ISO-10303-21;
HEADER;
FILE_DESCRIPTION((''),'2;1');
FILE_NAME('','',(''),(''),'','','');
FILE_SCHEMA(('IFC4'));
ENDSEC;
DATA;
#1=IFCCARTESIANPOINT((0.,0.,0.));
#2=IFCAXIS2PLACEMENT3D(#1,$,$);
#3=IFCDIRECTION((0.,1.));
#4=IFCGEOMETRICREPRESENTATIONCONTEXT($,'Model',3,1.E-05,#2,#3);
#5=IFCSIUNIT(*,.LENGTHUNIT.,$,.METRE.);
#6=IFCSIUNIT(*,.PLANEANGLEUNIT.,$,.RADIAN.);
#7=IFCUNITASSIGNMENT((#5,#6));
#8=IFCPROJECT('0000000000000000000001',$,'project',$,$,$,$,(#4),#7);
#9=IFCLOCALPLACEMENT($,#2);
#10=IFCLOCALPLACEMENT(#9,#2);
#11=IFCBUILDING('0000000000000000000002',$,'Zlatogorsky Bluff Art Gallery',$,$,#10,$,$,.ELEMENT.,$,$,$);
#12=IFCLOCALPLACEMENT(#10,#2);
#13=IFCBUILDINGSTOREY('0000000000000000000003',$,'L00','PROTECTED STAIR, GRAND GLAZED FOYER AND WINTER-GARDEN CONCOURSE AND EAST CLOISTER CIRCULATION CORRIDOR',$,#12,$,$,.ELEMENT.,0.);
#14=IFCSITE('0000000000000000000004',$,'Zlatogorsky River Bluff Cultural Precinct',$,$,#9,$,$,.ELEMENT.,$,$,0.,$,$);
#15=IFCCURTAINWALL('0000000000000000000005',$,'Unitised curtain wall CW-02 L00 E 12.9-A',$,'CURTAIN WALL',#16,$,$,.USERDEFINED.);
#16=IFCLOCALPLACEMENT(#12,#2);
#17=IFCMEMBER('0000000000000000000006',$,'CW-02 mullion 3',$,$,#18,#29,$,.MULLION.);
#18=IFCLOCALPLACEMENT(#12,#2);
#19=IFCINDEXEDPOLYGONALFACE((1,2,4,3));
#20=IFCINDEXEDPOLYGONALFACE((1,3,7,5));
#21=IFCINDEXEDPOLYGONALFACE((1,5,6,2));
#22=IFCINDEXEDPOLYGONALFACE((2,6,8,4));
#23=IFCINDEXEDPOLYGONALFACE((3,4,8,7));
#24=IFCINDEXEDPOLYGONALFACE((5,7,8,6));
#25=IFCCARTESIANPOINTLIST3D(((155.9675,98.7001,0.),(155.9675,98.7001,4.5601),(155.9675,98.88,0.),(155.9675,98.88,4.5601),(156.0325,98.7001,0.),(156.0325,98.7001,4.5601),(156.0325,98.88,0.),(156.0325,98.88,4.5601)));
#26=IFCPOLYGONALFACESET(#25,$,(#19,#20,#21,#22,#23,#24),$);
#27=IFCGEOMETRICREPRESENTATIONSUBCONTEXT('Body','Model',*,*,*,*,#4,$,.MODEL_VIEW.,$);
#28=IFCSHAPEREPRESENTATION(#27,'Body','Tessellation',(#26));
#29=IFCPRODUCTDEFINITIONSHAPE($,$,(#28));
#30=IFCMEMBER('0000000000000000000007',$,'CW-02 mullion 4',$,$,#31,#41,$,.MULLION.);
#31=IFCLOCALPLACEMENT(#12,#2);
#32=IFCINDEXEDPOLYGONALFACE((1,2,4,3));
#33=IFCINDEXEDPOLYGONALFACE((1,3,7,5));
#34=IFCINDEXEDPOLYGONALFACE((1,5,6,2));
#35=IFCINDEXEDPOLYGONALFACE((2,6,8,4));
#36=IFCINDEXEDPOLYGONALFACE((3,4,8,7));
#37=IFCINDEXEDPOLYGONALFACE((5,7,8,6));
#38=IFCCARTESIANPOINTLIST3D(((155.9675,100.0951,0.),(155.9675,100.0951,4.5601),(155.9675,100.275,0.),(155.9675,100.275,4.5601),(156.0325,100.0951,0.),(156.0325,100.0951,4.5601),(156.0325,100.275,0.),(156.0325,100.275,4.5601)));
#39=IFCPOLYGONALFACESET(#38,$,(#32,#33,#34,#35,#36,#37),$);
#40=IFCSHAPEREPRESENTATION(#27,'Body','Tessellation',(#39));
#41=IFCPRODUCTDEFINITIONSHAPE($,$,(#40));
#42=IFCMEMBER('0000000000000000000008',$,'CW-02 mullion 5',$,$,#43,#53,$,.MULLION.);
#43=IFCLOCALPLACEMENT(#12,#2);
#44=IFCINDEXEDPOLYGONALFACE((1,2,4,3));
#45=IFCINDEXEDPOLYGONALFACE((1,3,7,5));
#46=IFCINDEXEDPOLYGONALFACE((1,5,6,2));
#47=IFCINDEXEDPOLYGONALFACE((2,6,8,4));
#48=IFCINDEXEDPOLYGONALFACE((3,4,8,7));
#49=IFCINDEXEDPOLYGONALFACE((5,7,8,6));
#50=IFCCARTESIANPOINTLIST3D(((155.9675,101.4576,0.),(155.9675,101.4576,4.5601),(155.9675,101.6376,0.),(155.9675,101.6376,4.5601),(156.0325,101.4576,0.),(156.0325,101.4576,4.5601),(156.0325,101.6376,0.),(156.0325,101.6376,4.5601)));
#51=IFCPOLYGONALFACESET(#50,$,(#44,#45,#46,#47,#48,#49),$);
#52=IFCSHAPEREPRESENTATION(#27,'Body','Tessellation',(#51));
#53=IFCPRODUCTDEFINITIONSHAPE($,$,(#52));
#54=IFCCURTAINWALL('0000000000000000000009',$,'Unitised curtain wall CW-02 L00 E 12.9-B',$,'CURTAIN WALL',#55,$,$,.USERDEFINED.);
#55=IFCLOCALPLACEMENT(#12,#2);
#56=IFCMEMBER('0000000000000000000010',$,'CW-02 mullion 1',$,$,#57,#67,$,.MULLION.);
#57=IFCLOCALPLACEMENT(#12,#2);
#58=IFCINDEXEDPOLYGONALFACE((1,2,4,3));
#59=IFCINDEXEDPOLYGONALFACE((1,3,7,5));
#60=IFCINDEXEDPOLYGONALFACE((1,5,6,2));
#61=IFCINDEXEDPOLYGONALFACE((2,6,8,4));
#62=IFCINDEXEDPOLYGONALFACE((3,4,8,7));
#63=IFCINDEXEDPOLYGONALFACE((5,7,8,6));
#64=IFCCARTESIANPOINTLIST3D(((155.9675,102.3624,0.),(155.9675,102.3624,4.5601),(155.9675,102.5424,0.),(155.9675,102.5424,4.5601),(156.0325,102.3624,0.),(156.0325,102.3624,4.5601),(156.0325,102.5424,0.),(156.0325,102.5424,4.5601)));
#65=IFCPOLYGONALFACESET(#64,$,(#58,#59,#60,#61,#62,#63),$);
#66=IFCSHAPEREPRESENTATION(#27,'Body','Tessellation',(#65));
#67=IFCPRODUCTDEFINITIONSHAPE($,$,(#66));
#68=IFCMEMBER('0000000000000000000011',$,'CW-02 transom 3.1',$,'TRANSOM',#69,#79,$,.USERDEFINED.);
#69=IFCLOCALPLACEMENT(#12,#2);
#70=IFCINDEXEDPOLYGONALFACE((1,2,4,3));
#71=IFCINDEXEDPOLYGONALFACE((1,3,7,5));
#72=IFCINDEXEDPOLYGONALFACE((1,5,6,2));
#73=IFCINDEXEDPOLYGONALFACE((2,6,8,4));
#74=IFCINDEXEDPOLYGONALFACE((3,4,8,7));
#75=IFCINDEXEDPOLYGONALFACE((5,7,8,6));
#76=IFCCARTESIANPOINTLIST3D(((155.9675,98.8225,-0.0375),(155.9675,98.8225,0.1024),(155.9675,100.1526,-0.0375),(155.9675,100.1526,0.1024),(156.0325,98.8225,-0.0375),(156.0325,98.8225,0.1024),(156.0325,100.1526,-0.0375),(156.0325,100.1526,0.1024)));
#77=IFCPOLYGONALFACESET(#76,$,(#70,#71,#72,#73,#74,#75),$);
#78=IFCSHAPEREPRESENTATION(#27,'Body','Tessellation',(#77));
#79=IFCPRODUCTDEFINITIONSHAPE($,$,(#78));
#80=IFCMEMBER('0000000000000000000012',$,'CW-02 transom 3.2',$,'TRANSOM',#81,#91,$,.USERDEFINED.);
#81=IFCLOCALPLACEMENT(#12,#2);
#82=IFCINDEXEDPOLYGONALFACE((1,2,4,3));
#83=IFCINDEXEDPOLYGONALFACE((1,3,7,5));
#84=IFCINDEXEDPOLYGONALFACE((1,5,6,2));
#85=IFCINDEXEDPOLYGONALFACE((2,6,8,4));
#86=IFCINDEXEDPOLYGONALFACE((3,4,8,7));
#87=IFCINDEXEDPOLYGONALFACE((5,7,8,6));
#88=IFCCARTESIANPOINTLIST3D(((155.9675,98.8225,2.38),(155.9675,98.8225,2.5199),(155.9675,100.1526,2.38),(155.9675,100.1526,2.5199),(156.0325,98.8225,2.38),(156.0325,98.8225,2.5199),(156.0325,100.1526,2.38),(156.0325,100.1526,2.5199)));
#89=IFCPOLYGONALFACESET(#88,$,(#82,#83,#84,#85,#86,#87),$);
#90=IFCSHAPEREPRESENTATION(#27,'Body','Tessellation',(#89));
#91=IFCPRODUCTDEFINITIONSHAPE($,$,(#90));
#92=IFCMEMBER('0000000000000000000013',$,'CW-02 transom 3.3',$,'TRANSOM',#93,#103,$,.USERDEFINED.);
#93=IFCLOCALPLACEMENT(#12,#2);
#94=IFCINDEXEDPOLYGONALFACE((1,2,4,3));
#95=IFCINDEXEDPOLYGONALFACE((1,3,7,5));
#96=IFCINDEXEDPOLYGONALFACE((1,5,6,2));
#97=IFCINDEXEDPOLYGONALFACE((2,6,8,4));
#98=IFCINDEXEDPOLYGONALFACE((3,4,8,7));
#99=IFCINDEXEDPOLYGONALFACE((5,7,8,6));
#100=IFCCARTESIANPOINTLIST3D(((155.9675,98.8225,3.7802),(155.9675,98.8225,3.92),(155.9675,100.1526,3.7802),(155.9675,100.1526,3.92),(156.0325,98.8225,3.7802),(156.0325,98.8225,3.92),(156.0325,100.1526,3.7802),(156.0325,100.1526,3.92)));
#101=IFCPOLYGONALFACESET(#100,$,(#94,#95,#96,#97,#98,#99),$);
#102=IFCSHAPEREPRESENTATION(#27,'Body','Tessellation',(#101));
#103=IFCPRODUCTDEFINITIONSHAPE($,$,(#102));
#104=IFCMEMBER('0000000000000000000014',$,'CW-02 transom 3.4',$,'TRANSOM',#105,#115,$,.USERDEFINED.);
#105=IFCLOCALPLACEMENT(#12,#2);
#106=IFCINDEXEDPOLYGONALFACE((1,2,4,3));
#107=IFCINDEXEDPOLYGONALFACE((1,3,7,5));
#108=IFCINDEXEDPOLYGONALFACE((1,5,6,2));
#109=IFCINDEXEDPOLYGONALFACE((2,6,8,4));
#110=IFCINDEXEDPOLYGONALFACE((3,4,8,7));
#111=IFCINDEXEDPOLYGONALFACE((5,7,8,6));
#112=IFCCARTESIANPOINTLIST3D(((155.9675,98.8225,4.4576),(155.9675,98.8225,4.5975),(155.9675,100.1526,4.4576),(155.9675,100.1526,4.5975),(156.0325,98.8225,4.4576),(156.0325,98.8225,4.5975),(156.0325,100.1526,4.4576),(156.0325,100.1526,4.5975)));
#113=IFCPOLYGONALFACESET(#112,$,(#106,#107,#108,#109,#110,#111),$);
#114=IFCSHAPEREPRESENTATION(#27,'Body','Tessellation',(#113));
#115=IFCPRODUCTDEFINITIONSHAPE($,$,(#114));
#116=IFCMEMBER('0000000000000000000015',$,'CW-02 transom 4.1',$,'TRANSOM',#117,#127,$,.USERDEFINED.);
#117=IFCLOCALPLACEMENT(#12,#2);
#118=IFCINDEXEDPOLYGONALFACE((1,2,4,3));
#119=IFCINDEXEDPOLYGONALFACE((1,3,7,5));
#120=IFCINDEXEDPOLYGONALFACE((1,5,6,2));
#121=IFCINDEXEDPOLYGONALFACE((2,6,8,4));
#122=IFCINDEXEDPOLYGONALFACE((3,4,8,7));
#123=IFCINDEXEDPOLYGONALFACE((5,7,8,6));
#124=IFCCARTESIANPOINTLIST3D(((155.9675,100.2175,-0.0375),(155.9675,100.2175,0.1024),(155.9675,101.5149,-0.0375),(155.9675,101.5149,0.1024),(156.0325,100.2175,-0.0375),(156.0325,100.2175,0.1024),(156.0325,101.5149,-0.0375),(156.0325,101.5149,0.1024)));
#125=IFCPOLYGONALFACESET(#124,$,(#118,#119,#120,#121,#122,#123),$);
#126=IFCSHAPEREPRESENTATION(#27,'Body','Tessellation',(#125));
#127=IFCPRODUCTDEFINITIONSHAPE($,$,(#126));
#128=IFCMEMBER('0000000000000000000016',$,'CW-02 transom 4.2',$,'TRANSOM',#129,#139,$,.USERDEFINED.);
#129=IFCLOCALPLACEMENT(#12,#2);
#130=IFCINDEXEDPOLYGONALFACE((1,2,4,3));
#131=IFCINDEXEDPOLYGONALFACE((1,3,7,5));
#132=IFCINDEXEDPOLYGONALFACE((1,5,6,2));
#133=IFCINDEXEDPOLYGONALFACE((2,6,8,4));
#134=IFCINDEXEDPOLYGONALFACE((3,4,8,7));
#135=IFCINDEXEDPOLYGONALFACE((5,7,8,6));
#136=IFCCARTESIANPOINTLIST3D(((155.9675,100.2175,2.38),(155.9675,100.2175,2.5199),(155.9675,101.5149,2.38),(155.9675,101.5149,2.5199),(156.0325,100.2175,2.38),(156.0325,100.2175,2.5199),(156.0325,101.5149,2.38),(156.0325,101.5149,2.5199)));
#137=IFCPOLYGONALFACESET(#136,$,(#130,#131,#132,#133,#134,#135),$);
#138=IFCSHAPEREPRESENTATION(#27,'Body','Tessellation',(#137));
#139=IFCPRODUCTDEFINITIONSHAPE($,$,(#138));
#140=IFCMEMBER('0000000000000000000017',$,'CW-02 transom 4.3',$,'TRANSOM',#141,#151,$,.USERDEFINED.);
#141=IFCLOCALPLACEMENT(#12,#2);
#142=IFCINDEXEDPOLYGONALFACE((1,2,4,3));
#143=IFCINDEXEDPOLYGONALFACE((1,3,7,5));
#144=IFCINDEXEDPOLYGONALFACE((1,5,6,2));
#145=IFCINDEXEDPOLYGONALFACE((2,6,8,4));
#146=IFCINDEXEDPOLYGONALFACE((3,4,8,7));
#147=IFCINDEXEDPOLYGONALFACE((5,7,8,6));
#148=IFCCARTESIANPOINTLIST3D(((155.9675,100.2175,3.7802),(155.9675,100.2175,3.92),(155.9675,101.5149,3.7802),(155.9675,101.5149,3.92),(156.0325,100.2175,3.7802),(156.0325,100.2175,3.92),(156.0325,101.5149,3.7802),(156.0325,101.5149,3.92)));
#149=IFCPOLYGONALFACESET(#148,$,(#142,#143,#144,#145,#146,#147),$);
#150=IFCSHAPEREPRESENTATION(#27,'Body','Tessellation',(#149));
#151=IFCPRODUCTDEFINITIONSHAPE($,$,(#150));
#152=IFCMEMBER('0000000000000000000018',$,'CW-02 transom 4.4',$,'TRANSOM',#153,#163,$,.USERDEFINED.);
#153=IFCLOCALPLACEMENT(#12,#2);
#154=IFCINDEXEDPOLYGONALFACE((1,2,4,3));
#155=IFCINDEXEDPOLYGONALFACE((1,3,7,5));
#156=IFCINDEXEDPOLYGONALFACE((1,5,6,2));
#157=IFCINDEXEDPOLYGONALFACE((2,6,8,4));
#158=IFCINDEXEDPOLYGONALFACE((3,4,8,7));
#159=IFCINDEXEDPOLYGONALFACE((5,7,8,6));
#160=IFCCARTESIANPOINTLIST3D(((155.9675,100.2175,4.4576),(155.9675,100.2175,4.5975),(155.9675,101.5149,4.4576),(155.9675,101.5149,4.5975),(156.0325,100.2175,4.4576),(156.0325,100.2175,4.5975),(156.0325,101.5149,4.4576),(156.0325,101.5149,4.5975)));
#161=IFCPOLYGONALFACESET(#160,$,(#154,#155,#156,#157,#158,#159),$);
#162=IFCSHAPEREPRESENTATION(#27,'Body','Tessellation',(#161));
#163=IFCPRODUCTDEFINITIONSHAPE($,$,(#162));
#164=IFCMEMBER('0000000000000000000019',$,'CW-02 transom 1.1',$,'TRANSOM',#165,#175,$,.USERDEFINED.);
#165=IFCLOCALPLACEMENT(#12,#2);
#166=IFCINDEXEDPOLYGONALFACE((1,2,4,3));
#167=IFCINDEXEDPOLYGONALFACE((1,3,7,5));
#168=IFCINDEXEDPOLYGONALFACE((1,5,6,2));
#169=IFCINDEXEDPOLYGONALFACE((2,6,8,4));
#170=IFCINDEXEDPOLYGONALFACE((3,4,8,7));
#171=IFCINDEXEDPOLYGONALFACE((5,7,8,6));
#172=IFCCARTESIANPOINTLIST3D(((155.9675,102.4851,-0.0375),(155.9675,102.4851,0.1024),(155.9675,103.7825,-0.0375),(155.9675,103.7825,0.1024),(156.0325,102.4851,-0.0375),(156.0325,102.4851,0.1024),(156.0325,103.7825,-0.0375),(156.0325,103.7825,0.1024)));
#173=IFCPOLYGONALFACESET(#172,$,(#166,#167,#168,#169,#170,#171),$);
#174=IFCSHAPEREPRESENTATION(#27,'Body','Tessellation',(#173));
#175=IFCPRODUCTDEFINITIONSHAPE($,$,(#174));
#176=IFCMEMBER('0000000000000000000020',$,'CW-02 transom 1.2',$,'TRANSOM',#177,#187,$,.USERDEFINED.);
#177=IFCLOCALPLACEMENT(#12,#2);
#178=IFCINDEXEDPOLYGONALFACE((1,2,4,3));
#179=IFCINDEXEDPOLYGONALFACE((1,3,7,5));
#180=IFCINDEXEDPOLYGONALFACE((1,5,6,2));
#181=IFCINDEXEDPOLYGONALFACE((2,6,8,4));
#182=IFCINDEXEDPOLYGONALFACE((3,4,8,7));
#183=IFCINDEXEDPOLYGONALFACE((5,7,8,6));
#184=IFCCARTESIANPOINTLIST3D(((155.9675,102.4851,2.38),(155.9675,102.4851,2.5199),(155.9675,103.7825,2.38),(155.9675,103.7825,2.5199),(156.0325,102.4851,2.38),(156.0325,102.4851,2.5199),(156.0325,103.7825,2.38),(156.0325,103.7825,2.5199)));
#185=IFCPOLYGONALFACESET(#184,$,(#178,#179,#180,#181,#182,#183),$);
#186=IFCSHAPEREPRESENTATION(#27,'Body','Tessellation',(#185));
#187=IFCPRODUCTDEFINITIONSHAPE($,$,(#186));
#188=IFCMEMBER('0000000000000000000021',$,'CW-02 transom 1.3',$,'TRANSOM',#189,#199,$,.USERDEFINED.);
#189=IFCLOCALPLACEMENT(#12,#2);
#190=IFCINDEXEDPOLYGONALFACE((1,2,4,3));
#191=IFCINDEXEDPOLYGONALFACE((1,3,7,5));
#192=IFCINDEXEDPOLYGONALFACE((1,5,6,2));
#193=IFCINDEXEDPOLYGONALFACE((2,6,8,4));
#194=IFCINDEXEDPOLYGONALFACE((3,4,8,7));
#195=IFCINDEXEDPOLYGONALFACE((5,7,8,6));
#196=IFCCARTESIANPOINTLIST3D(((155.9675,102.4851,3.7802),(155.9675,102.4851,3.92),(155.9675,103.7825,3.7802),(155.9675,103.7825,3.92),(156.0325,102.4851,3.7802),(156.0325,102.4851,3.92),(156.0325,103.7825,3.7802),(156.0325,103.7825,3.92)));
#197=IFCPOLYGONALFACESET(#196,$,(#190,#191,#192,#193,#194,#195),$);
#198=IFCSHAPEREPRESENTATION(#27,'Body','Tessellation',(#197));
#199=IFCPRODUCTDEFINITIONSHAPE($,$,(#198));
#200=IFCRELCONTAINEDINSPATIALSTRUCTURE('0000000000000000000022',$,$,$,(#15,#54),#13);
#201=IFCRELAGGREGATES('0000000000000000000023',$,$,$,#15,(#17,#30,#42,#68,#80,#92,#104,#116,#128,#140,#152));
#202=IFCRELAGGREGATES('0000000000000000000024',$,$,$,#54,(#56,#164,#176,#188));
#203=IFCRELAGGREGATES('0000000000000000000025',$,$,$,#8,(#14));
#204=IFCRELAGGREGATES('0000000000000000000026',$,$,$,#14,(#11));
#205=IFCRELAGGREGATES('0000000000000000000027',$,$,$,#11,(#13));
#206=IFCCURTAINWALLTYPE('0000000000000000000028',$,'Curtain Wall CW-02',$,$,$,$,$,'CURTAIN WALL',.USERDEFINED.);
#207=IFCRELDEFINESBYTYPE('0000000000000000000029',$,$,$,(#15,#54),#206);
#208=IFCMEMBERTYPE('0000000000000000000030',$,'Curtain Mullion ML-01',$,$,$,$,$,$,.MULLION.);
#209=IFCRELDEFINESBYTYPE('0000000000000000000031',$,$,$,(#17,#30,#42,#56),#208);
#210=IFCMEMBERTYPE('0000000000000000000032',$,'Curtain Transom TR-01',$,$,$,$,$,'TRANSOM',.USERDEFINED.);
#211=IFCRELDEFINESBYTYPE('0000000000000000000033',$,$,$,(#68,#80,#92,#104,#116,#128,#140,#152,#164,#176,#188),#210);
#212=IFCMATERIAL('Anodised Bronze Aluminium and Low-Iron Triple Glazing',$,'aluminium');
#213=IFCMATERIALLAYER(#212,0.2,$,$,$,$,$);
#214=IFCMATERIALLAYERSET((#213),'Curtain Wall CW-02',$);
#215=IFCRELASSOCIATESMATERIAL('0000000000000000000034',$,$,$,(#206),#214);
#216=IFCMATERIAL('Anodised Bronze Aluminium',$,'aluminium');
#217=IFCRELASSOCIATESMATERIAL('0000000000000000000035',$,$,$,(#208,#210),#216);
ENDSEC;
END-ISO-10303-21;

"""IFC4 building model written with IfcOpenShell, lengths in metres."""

from ifc_helpers import new_model, si_unit, direction, frame, origin, origin_2d, place, context, subcontext, project, spatial, rectangle, extrude, material, layer, layer_set, material_profile, profile_set, type_object, element, aggregate, save


model = new_model("IFC4")

# Units and contexts
model_context = context("Model", 3, precision=1e-05, world=origin(), true_north=direction((0.0, 1.0)))
body_context = subcontext(model_context, "Body", "Model", "MODEL_VIEW")
ifc_project = project(units=[si_unit("LENGTHUNIT", "METRE"), si_unit("PLANEANGLEUNIT", "RADIAN")], contexts=[model_context])

# Site, building, storey
site_placement = place(None, origin())
site = spatial("IfcSite", under=ifc_project, at=site_placement, Name="Zlatogorsky River Bluff Cultural Precinct", CompositionType="ELEMENT", RefElevation=0.0)
building_placement = place(site_placement, origin())
building = spatial("IfcBuilding", under=site, at=building_placement, Name="Zlatogorsky Bluff Art Gallery", CompositionType="ELEMENT")
storey_placement = place(building_placement, origin())
storey = spatial("IfcBuildingStorey", under=building, at=storey_placement, Name="L00", Description="PROTECTED STAIR, GRAND GLAZED FOYER AND WINTER-GARDEN CONCOURSE AND EAST CLOISTER CIRCULATION CORRIDOR", CompositionType="ELEMENT", Elevation=0.0)

# Curtain wall, members
ifc_material_1 = material(Name="Anodised Bronze Aluminium and Low-Iron Triple Glazing", Category="aluminium")
ifc_layer_1 = layer(ifc_material_1, 0.2)
ifc_layer_set_1 = layer_set([ifc_layer_1], Name="Curtain Wall CW-02")
curtain_wall_type = type_object("IfcCurtainWallType", Name="Curtain Wall CW-02", ElementType="CURTAIN WALL", PredefinedType="USERDEFINED", material=ifc_layer_set_1)
curtain_wall_1_placement = place(storey_placement, origin())
curtain_wall_1 = element("IfcCurtainWall", 1, at=curtain_wall_1_placement, inside=storey, type_object=curtain_wall_type, Name="Unitised curtain wall CW-02 L00 E 12.9-A", ObjectType="CURTAIN WALL", PredefinedType="USERDEFINED")
ifc_material_2 = material(Name="Anodised Bronze Aluminium", Category="aluminium")
ifc_material_profile_1 = material_profile(ifc_material_2, rectangle(XDim=0.0649, YDim=0.1799, at=origin_2d()), Name="ALU MULLION 65x180")
ifc_profile_set_1 = profile_set([ifc_material_profile_1], Name="Anodised Bronze Aluminium")
member_type_1 = type_object("IfcMemberType", Name="Curtain Mullion ML-01", PredefinedType="MULLION", material=ifc_profile_set_1)
member_1_placement = place(storey_placement, frame((156.0, 98.79, 0.0), z_axis=(0.0, 0.0, 1.0), x_axis=(-1.0, 0.0, 0.0)))
member_1 = element("IfcMember", 2, at=member_1_placement, type_object=member_type_1, Name="CW-02 mullion 3", PredefinedType="MULLION", context=body_context, shape_type="SweptSolid", body=[
    extrude(rectangle(XDim=0.0649, YDim=0.1799, at=origin_2d()), origin(), (0.0, 0.0, 1.0), 4.5601),
])
member_2_placement = place(storey_placement, frame((156.0, 100.1851, 0.0), z_axis=(0.0, 0.0, 1.0), x_axis=(-1.0, 0.0, 0.0)))
member_2 = element("IfcMember", 3, at=member_2_placement, type_object=member_type_1, Name="CW-02 mullion 4", PredefinedType="MULLION", context=body_context, shape_type="SweptSolid", body=[
    extrude(rectangle(XDim=0.0649, YDim=0.1799, at=origin_2d()), origin(), (0.0, 0.0, 1.0), 4.5601),
])
member_3_placement = place(storey_placement, frame((156.0, 101.5476, 0.0), z_axis=(0.0, 0.0, 1.0), x_axis=(-1.0, 0.0, 0.0)))
member_3 = element("IfcMember", 4, at=member_3_placement, type_object=member_type_1, Name="CW-02 mullion 5", PredefinedType="MULLION", context=body_context, shape_type="SweptSolid", body=[
    extrude(rectangle(XDim=0.0649, YDim=0.1799, at=origin_2d()), origin(), (0.0, 0.0, 1.0), 4.5601),
])

# Curtain wall, member
curtain_wall_2_placement = place(storey_placement, origin())
curtain_wall_2 = element("IfcCurtainWall", 5, at=curtain_wall_2_placement, inside=storey, type_object=curtain_wall_type, Name="Unitised curtain wall CW-02 L00 E 12.9-B", ObjectType="CURTAIN WALL", PredefinedType="USERDEFINED")
member_4_placement = place(storey_placement, frame((156.0, 102.4524, 0.0), z_axis=(0.0, 0.0, 1.0), x_axis=(-1.0, 0.0, 0.0)))
member_4 = element("IfcMember", 6, at=member_4_placement, type_object=member_type_1, Name="CW-02 mullion 1", PredefinedType="MULLION", context=body_context, shape_type="SweptSolid", body=[
    extrude(rectangle(XDim=0.0649, YDim=0.1799, at=origin_2d()), origin(), (0.0, 0.0, 1.0), 4.5601),
])

# Members
ifc_material_profile_2 = material_profile(ifc_material_2, rectangle(XDim=0.0649, YDim=0.1399, at=origin_2d()), Name="ALU TRANSOM 65x140")
ifc_profile_set_2 = profile_set([ifc_material_profile_2], Name="Anodised Bronze Aluminium")
member_type_2 = type_object("IfcMemberType", Name="Curtain Transom TR-01", ElementType="TRANSOM", PredefinedType="USERDEFINED", material=ifc_profile_set_2)
member_5_placement = place(storey_placement, frame((156.0, 98.8225, 0.0325), z_axis=(0.0, 1.0, 0.0), x_axis=(-1.0, 0.0, 0.0)))
member_5 = element("IfcMember", 7, at=member_5_placement, type_object=member_type_2, Name="CW-02 transom 3.1", ObjectType="TRANSOM", PredefinedType="USERDEFINED", context=body_context, shape_type="SweptSolid", body=[
    extrude(rectangle(XDim=0.0649, YDim=0.1399, at=origin_2d()), origin(), (0.0, 0.0, 1.0), 1.3301),
])
member_6_placement = place(storey_placement, frame((156.0, 98.8225, 2.45), z_axis=(0.0, 1.0, 0.0), x_axis=(-1.0, 0.0, 0.0)))
member_6 = element("IfcMember", 8, at=member_6_placement, type_object=member_type_2, Name="CW-02 transom 3.2", ObjectType="TRANSOM", PredefinedType="USERDEFINED", context=body_context, shape_type="SweptSolid", body=[
    extrude(rectangle(XDim=0.0649, YDim=0.1399, at=origin_2d()), origin(), (0.0, 0.0, 1.0), 1.3301),
])
member_7_placement = place(storey_placement, frame((156.0, 98.8225, 3.8501), z_axis=(0.0, 1.0, 0.0), x_axis=(-1.0, 0.0, 0.0)))
member_7 = element("IfcMember", 9, at=member_7_placement, type_object=member_type_2, Name="CW-02 transom 3.3", ObjectType="TRANSOM", PredefinedType="USERDEFINED", context=body_context, shape_type="SweptSolid", body=[
    extrude(rectangle(XDim=0.0649, YDim=0.1399, at=origin_2d()), origin(), (0.0, 0.0, 1.0), 1.3301),
])
member_8_placement = place(storey_placement, frame((156.0, 98.8225, 4.5276), z_axis=(0.0, 1.0, 0.0), x_axis=(-1.0, 0.0, 0.0)))
member_8 = element("IfcMember", 10, at=member_8_placement, type_object=member_type_2, Name="CW-02 transom 3.4", ObjectType="TRANSOM", PredefinedType="USERDEFINED", context=body_context, shape_type="SweptSolid", body=[
    extrude(rectangle(XDim=0.0649, YDim=0.1399, at=origin_2d()), origin(), (0.0, 0.0, 1.0), 1.3301),
])
member_9_placement = place(storey_placement, frame((156.0, 100.2175, 0.0325), z_axis=(0.0, 1.0, 0.0), x_axis=(-1.0, 0.0, 0.0)))
member_9 = element("IfcMember", 11, at=member_9_placement, type_object=member_type_2, Name="CW-02 transom 4.1", ObjectType="TRANSOM", PredefinedType="USERDEFINED", context=body_context, shape_type="SweptSolid", body=[
    extrude(rectangle(XDim=0.0649, YDim=0.1399, at=origin_2d()), origin(), (0.0, 0.0, 1.0), 1.2974),
])
member_10_placement = place(storey_placement, frame((156.0, 100.2175, 2.45), z_axis=(0.0, 1.0, 0.0), x_axis=(-1.0, 0.0, 0.0)))
member_10 = element("IfcMember", 12, at=member_10_placement, type_object=member_type_2, Name="CW-02 transom 4.2", ObjectType="TRANSOM", PredefinedType="USERDEFINED", context=body_context, shape_type="SweptSolid", body=[
    extrude(rectangle(XDim=0.0649, YDim=0.1399, at=origin_2d()), origin(), (0.0, 0.0, 1.0), 1.2974),
])
member_11_placement = place(storey_placement, frame((156.0, 100.2175, 3.8501), z_axis=(0.0, 1.0, 0.0), x_axis=(-1.0, 0.0, 0.0)))
member_11 = element("IfcMember", 13, at=member_11_placement, type_object=member_type_2, Name="CW-02 transom 4.3", ObjectType="TRANSOM", PredefinedType="USERDEFINED", context=body_context, shape_type="SweptSolid", body=[
    extrude(rectangle(XDim=0.0649, YDim=0.1399, at=origin_2d()), origin(), (0.0, 0.0, 1.0), 1.2974),
])
member_12_placement = place(storey_placement, frame((156.0, 100.2175, 4.5276), z_axis=(0.0, 1.0, 0.0), x_axis=(-1.0, 0.0, 0.0)))
member_12 = element("IfcMember", 14, at=member_12_placement, type_object=member_type_2, Name="CW-02 transom 4.4", ObjectType="TRANSOM", PredefinedType="USERDEFINED", context=body_context, shape_type="SweptSolid", body=[
    extrude(rectangle(XDim=0.0649, YDim=0.1399, at=origin_2d()), origin(), (0.0, 0.0, 1.0), 1.2974),
])
member_13_placement = place(storey_placement, frame((156.0, 102.4851, 0.0325), z_axis=(0.0, 1.0, 0.0), x_axis=(-1.0, 0.0, 0.0)))
member_13 = element("IfcMember", 15, at=member_13_placement, type_object=member_type_2, Name="CW-02 transom 1.1", ObjectType="TRANSOM", PredefinedType="USERDEFINED", context=body_context, shape_type="SweptSolid", body=[
    extrude(rectangle(XDim=0.0649, YDim=0.1399, at=origin_2d()), origin(), (0.0, 0.0, 1.0), 1.2974),
])
member_14_placement = place(storey_placement, frame((156.0, 102.4851, 2.45), z_axis=(0.0, 1.0, 0.0), x_axis=(-1.0, 0.0, 0.0)))
member_14 = element("IfcMember", 16, at=member_14_placement, type_object=member_type_2, Name="CW-02 transom 1.2", ObjectType="TRANSOM", PredefinedType="USERDEFINED", context=body_context, shape_type="SweptSolid", body=[
    extrude(rectangle(XDim=0.0649, YDim=0.1399, at=origin_2d()), origin(), (0.0, 0.0, 1.0), 1.2974),
])
member_15_placement = place(storey_placement, frame((156.0, 102.4851, 3.8501), z_axis=(0.0, 1.0, 0.0), x_axis=(-1.0, 0.0, 0.0)))
member_15 = element("IfcMember", 17, at=member_15_placement, type_object=member_type_2, Name="CW-02 transom 1.3", ObjectType="TRANSOM", PredefinedType="USERDEFINED", context=body_context, shape_type="SweptSolid", body=[
    extrude(rectangle(XDim=0.0649, YDim=0.1399, at=origin_2d()), origin(), (0.0, 0.0, 1.0), 1.2974),
])

aggregate(curtain_wall_1, [member_1, member_2, member_3, member_5, member_6, member_7, member_8, member_9, member_10, member_11, member_12])
aggregate(curtain_wall_2, [member_4, member_13, member_14, member_15])

save(model, "model.ifc")
